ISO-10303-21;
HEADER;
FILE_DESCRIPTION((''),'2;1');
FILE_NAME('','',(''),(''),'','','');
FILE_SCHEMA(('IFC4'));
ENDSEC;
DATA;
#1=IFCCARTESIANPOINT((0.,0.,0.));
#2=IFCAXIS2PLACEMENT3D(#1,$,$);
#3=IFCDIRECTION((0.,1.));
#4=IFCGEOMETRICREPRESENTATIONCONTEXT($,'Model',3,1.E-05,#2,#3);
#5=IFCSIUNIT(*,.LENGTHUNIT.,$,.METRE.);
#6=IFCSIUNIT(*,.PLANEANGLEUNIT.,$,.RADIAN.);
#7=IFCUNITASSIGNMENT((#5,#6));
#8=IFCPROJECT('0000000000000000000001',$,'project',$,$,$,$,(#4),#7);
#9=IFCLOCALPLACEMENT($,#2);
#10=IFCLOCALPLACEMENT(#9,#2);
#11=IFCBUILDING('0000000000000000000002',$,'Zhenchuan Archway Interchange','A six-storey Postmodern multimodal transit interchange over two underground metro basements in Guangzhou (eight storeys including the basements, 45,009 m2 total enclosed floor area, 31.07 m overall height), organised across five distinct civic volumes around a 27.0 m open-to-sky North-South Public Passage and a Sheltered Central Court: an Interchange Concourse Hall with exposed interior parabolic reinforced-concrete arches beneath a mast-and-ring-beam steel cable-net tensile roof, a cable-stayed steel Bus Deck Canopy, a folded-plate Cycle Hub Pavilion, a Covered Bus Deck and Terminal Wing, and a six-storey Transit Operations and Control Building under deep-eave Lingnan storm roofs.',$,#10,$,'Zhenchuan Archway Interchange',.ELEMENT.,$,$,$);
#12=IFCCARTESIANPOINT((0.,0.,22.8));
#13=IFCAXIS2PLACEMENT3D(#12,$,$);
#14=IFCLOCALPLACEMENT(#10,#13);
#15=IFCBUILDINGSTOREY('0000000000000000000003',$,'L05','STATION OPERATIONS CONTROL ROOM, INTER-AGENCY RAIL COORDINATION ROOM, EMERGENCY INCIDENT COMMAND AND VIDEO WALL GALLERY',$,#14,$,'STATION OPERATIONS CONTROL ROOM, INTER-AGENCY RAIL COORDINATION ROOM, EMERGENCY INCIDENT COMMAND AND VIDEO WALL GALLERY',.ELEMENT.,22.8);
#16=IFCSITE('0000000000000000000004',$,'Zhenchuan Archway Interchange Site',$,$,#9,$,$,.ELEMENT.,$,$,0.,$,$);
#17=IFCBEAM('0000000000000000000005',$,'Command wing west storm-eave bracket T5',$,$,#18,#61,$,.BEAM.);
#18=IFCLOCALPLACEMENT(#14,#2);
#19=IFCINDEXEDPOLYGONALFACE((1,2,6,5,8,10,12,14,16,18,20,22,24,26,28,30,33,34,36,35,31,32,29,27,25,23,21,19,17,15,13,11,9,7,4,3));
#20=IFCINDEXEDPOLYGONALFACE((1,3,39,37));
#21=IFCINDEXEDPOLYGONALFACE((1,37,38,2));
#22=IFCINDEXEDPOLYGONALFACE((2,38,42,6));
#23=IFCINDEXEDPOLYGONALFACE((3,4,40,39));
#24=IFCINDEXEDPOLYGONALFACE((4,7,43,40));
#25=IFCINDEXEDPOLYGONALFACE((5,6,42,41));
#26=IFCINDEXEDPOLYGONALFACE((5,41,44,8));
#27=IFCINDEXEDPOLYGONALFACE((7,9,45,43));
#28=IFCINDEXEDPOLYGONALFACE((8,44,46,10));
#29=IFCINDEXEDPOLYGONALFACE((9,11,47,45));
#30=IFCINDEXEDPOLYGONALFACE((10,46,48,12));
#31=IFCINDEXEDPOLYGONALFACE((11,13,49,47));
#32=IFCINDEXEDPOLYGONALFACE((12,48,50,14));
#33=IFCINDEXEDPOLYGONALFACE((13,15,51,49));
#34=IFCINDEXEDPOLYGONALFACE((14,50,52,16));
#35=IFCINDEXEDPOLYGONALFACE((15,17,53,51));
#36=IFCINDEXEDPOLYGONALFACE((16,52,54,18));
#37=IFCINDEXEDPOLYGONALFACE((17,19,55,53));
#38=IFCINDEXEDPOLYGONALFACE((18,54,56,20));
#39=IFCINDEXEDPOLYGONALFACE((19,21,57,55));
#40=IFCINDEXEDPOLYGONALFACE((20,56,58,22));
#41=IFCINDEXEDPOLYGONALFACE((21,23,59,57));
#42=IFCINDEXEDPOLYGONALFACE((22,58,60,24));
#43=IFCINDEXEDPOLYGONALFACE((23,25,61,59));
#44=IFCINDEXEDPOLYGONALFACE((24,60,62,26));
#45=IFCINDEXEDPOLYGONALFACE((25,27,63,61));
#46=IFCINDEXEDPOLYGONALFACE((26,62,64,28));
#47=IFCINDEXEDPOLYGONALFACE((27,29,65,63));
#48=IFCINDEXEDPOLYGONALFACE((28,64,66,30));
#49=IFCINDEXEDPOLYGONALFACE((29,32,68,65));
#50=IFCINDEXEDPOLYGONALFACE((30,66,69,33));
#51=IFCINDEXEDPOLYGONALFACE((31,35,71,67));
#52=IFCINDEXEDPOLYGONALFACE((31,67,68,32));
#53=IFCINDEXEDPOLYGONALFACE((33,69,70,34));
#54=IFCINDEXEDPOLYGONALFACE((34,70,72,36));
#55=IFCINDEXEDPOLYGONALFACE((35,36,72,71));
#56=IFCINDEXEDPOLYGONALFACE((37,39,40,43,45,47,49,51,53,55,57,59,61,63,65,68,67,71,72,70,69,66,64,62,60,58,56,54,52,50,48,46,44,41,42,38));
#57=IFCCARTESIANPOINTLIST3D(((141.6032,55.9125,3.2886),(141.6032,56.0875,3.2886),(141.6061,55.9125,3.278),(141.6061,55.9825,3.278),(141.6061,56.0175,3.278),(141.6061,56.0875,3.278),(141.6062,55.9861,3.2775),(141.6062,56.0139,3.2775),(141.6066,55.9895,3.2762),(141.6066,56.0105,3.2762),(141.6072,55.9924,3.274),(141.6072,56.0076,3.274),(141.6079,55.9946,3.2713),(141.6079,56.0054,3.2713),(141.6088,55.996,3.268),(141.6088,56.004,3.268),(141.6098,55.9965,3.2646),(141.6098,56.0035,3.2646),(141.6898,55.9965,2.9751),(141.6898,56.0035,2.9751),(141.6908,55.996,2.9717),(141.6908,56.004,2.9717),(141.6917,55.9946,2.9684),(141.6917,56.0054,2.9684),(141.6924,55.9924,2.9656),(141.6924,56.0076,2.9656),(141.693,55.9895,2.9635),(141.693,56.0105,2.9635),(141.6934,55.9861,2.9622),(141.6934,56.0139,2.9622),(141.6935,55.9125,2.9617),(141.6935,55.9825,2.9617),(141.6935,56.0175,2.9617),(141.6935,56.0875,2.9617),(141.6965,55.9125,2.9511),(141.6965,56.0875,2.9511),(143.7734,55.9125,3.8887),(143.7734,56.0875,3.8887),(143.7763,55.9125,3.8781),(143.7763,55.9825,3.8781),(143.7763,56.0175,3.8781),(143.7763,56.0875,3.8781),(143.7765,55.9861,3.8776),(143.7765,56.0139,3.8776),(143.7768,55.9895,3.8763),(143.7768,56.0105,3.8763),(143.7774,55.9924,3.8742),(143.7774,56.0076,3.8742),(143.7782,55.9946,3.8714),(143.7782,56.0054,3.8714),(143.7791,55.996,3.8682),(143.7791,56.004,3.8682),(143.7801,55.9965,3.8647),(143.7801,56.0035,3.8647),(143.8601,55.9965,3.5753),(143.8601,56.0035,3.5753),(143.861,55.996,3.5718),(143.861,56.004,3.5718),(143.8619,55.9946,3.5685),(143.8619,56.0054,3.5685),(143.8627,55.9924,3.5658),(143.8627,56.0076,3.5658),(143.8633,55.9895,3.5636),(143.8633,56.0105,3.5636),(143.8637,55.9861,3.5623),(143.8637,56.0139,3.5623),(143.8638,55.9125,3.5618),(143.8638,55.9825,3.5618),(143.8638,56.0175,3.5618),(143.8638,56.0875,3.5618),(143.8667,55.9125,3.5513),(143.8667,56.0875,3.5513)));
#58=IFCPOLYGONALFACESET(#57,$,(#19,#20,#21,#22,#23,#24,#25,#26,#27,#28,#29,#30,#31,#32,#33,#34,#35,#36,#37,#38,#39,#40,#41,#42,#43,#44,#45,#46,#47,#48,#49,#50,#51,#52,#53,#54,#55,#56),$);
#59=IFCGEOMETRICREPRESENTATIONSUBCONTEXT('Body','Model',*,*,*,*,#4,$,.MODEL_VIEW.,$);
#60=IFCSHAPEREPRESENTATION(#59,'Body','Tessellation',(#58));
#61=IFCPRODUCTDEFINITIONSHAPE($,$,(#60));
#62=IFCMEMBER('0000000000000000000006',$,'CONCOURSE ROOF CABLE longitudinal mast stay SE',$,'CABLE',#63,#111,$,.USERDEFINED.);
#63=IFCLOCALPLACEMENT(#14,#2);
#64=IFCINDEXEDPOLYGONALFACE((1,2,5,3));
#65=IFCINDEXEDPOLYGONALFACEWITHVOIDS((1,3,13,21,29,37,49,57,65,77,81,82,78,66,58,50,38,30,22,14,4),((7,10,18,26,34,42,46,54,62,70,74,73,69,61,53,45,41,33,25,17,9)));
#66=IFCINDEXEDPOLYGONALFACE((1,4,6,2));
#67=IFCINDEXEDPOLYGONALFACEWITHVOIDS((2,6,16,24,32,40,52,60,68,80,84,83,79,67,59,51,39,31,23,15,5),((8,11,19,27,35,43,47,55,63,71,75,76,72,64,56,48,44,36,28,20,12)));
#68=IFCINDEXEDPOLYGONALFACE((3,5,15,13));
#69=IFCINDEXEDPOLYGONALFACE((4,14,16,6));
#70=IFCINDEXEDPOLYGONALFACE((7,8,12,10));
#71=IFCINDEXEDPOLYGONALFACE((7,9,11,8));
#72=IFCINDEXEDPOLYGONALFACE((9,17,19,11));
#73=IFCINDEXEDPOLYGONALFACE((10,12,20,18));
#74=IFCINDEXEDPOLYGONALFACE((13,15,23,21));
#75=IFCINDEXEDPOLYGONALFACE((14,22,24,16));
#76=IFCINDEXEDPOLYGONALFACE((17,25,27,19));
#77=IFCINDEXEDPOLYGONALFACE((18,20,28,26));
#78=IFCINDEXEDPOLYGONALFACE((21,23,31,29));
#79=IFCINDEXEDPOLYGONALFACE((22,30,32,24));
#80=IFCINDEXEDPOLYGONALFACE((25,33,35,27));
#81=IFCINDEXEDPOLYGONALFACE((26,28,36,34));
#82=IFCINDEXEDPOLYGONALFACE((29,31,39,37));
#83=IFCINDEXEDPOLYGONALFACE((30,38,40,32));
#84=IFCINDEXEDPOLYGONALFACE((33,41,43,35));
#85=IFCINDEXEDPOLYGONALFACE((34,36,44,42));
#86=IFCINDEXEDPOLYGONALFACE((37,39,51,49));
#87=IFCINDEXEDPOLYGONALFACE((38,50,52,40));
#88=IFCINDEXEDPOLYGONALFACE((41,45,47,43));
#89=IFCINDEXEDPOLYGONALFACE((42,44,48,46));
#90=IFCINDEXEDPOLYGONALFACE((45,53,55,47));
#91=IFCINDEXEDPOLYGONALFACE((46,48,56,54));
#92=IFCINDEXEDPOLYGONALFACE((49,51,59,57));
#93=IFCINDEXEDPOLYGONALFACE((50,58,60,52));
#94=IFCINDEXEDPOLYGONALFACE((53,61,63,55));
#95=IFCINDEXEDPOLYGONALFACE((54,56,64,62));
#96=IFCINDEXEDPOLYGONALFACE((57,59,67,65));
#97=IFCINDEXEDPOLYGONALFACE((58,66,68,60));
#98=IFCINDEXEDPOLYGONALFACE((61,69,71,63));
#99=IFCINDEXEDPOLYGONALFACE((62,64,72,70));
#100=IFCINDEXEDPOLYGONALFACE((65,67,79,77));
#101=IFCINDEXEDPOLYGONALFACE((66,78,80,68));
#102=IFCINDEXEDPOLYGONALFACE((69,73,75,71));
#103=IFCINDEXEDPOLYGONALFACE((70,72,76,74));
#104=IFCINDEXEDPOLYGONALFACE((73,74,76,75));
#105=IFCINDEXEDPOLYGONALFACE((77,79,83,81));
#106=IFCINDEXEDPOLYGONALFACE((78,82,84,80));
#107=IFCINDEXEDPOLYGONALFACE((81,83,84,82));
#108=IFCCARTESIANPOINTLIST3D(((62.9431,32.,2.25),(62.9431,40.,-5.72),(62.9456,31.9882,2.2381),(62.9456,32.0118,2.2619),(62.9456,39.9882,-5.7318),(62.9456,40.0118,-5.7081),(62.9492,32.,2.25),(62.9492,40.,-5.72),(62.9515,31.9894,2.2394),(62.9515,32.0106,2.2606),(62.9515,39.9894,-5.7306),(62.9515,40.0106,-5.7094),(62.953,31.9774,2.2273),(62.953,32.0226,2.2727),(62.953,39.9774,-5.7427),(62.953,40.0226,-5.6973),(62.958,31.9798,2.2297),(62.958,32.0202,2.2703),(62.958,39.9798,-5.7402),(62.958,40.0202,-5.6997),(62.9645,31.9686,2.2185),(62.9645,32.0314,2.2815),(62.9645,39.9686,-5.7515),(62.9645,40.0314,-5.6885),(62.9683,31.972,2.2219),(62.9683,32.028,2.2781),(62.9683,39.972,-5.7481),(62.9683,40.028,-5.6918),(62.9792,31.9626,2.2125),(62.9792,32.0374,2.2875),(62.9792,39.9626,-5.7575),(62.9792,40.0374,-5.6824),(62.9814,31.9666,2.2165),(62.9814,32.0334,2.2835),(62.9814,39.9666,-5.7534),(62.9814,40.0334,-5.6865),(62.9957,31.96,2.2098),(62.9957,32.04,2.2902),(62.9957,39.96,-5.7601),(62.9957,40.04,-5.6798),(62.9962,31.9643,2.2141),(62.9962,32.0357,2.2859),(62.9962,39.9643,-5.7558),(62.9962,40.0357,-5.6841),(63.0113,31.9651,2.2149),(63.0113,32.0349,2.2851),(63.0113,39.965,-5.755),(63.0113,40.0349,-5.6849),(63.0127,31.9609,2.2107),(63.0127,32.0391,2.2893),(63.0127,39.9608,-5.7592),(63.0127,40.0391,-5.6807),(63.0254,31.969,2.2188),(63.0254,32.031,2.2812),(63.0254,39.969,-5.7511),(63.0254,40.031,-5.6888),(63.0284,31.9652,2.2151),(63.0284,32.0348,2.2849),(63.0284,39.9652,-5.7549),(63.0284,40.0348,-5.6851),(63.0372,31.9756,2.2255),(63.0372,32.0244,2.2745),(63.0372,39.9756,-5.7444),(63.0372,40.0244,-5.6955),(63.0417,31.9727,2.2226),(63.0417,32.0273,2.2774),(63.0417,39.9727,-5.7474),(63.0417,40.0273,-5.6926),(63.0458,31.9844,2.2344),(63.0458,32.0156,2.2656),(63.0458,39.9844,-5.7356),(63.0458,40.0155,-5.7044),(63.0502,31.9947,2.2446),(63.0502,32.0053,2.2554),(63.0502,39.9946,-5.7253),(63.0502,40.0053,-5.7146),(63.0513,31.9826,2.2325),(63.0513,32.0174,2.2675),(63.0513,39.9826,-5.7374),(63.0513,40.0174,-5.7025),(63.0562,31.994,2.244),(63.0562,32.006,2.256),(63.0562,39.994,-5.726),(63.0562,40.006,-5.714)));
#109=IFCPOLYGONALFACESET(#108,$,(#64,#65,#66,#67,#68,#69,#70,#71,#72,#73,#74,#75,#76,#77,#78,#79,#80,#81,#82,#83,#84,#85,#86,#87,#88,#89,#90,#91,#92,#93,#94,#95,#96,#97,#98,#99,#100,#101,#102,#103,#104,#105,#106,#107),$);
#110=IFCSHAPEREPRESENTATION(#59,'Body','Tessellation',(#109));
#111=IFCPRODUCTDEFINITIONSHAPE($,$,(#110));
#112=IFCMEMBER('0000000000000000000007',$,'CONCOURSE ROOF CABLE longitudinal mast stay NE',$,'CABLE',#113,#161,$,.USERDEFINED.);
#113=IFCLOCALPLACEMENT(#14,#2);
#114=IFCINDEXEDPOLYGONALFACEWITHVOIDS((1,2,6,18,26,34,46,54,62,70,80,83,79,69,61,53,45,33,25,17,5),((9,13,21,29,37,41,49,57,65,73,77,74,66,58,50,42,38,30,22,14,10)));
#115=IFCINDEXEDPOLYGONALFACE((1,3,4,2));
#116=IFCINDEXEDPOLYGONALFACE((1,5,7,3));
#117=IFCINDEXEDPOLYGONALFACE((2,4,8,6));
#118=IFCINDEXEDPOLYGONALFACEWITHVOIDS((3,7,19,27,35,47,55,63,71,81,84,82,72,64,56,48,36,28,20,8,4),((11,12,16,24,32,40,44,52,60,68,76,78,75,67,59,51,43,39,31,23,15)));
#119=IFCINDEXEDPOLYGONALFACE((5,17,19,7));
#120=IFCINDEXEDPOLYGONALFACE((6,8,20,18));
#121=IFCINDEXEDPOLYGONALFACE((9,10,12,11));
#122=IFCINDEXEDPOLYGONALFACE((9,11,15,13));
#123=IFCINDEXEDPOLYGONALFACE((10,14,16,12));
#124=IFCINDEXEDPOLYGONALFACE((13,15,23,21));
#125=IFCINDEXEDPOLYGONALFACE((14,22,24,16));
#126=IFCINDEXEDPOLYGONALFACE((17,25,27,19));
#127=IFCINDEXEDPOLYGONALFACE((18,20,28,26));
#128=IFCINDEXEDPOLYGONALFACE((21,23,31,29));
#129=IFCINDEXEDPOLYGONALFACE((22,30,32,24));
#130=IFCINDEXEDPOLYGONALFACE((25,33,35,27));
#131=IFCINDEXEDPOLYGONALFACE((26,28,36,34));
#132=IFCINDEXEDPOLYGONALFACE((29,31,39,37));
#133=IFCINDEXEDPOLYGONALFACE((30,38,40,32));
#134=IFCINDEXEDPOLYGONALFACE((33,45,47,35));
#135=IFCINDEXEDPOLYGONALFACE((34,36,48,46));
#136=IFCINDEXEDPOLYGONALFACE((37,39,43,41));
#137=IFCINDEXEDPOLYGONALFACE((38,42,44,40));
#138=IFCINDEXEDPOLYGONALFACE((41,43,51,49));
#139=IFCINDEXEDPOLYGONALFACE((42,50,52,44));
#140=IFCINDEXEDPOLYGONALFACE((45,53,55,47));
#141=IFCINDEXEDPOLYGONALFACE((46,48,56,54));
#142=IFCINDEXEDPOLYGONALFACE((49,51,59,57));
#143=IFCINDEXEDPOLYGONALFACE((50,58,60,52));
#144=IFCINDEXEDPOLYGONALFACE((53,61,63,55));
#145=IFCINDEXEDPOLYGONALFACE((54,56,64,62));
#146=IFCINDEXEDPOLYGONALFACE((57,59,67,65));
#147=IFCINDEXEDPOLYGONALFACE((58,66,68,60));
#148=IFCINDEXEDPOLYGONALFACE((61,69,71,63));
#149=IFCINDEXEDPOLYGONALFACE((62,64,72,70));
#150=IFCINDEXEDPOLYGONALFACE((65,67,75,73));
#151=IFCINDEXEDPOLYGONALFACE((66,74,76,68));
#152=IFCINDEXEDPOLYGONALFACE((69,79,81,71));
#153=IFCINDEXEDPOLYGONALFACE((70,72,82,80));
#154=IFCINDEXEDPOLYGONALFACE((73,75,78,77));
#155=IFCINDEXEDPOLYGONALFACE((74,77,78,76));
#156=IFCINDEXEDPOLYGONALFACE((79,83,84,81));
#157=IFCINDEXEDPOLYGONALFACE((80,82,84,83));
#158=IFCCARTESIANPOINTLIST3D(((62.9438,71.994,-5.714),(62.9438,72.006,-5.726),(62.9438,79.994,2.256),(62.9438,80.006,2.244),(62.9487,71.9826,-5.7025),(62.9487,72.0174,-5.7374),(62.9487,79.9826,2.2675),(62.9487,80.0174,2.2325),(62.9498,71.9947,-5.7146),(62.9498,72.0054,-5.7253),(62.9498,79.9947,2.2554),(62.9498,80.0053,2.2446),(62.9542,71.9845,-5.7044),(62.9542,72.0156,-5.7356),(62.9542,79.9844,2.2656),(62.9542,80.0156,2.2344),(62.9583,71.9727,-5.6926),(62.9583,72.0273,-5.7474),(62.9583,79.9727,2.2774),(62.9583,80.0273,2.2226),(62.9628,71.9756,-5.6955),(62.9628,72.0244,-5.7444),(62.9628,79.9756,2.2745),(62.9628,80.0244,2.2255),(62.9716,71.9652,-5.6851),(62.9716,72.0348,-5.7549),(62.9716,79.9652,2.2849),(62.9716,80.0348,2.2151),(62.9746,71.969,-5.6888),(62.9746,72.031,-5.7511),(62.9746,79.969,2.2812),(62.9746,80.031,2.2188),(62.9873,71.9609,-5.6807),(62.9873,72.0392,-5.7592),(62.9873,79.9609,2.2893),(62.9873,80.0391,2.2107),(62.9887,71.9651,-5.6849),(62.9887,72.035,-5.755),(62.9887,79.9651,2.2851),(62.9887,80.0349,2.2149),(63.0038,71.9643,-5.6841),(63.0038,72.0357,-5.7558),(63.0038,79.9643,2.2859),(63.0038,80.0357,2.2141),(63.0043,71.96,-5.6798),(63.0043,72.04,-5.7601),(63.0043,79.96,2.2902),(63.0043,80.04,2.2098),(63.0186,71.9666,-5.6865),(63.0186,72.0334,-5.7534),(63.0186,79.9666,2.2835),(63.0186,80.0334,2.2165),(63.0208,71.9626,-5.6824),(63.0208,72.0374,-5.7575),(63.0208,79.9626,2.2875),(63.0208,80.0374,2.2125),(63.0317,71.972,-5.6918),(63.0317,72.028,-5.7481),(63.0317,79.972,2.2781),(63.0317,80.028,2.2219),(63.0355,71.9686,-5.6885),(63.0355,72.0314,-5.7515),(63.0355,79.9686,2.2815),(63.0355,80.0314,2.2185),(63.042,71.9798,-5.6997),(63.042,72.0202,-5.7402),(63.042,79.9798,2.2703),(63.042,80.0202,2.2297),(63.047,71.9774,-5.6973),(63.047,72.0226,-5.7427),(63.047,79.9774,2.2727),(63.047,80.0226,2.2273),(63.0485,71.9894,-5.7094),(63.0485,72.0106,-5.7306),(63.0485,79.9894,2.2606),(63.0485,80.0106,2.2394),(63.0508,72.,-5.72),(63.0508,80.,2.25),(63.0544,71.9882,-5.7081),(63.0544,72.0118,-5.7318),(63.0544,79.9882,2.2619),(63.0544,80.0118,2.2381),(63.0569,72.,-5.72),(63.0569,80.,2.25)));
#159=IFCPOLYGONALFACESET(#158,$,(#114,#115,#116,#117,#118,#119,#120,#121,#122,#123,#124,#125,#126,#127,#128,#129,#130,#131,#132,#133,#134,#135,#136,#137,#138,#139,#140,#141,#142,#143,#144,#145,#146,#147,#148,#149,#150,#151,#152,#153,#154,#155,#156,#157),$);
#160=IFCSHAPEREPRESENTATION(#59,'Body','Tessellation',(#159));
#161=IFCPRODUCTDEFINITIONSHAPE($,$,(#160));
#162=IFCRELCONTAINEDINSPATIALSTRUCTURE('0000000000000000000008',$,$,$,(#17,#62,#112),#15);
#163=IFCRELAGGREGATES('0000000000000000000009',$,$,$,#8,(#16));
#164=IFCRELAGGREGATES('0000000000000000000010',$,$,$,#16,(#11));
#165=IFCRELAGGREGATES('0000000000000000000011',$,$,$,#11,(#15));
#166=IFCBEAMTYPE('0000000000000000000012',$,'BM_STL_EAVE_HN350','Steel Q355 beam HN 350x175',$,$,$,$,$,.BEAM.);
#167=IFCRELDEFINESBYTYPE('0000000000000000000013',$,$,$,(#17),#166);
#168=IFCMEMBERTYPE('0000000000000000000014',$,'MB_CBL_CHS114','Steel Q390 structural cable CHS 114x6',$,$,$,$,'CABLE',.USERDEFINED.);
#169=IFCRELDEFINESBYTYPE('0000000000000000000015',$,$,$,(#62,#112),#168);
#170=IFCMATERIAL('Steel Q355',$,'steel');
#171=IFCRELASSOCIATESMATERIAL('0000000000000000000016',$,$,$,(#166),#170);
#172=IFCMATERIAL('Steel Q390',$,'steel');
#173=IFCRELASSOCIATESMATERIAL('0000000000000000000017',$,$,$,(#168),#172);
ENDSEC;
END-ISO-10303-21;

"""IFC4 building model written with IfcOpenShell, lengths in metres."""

from ifc_helpers import new_model, si_unit, direction, frame, origin, origin_2d, place, context, subcontext, project, spatial, hollow_circle, i_section, extrude, material, material_profile, profile_set, type_object, element, save


model = new_model("IFC4")

# Units and contexts
model_context = context("Model", 3, precision=1e-05, world=origin(), true_north=direction((0.0, 1.0)))
body_context = subcontext(model_context, "Body", "Model", "MODEL_VIEW")
ifc_project = project(units=[si_unit("LENGTHUNIT", "METRE"), si_unit("PLANEANGLEUNIT", "RADIAN")], contexts=[model_context])

# Site, building, storey
site_placement = place(None, origin())
site = spatial("IfcSite", under=ifc_project, at=site_placement, Name="Zhenchuan Archway Interchange Site", CompositionType="ELEMENT", RefElevation=0.0)
building_placement = place(site_placement, origin())
building = spatial("IfcBuilding", under=site, at=building_placement, Name="Zhenchuan Archway Interchange", Description="A six-storey Postmodern multimodal transit interchange over two underground metro basements in Guangzhou (eight storeys including the basements, 45,009 m2 total enclosed floor area, 31.07 m overall height), organised across five distinct civic volumes around a 27.0 m open-to-sky North-South Public Passage and a Sheltered Central Court: an Interchange Concourse Hall with exposed interior parabolic reinforced-concrete arches beneath a mast-and-ring-beam steel cable-net tensile roof, a cable-stayed steel Bus Deck Canopy, a folded-plate Cycle Hub Pavilion, a Covered Bus Deck and Terminal Wing, and a six-storey Transit Operations and Control Building under deep-eave Lingnan storm roofs.", LongName="Zhenchuan Archway Interchange", CompositionType="ELEMENT")
storey_placement = place(building_placement, frame((0.0, 0.0, 22.8)))
storey = spatial("IfcBuildingStorey", under=building, at=storey_placement, Name="L05", Description="STATION OPERATIONS CONTROL ROOM, INTER-AGENCY RAIL COORDINATION ROOM, EMERGENCY INCIDENT COMMAND AND VIDEO WALL GALLERY", LongName="STATION OPERATIONS CONTROL ROOM, INTER-AGENCY RAIL COORDINATION ROOM, EMERGENCY INCIDENT COMMAND AND VIDEO WALL GALLERY", CompositionType="ELEMENT", Elevation=22.8)

# Beam
ifc_material_1 = material(Name="Steel Q355", Category="steel")
ifc_material_profile_1 = material_profile(ifc_material_1, i_section(OverallWidth=0.175, OverallDepth=0.3501, WebThickness=0.0071, FlangeThickness=0.011, FilletRadius=0.0139, at=origin_2d()), Name="HN 350x175")
ifc_profile_set_1 = profile_set([ifc_material_profile_1], Name="Steel Q355")
beam_type = type_object("IfcBeamType", Name="BM_STL_EAVE_HN350", Description="Steel Q355 beam HN 350x175", PredefinedType="BEAM", material=ifc_profile_set_1)
for number, where, z_axis, x_axis, name in (
    (1, (143.8201, 56.0, 3.72), (-0.963829, 0.0, -0.26652), (0.0, -1.0, 0.0), "Command wing west storm-eave bracket T5"),
):
    element("IfcBeam", number, at=place(storey_placement, frame(where, z_axis=z_axis, x_axis=x_axis)), inside=storey, type_object=beam_type, Name=name, PredefinedType="BEAM", context=body_context, shape_type="SweptSolid", body=[
        extrude(i_section(OverallWidth=0.175, OverallDepth=0.3501, WebThickness=0.0071, FlangeThickness=0.011, FilletRadius=0.0139, at=origin_2d()), origin(), (0.0, 0.0, 1.0), 2.2517),
    ])

# Members
ifc_material_2 = material(Name="Steel Q390", Category="steel")
ifc_material_profile_2 = material_profile(ifc_material_2, hollow_circle(Radius=0.0569, WallThickness=0.0061, at=origin_2d()), Name="CHS 114x6")
ifc_profile_set_2 = profile_set([ifc_material_profile_2], Name="Steel Q390")
member_type_1 = type_object("IfcMemberType", Name="MB_CBL_CHS114", Description="Steel Q390 structural cable CHS 114x6", ElementType="CABLE", PredefinedType="USERDEFINED", material=ifc_profile_set_2)
for number, where, z_axis, x_axis, name in (
    (2, (63.0, 32.0, 2.25), (0.0, 0.708435, -0.705776), (-1.0, 0.0, 0.0), "CONCOURSE ROOF CABLE longitudinal mast stay SE"),
    (3, (63.0, 80.0, 2.25), (0.0, -0.708435, -0.705776), (1.0, 0.0, 0.0), "CONCOURSE ROOF CABLE longitudinal mast stay NE"),
):
    element("IfcMember", number, at=place(storey_placement, frame(where, z_axis=z_axis, x_axis=x_axis)), inside=storey, type_object=member_type_1, Name=name, ObjectType="CABLE", PredefinedType="USERDEFINED", context=body_context, shape_type="SweptSolid", body=[
        extrude(hollow_circle(Radius=0.0569, WallThickness=0.0061, at=origin_2d()), origin(), (0.0, 0.0, 1.0), 11.2925),
    ])

save(model, "model.ifc")
